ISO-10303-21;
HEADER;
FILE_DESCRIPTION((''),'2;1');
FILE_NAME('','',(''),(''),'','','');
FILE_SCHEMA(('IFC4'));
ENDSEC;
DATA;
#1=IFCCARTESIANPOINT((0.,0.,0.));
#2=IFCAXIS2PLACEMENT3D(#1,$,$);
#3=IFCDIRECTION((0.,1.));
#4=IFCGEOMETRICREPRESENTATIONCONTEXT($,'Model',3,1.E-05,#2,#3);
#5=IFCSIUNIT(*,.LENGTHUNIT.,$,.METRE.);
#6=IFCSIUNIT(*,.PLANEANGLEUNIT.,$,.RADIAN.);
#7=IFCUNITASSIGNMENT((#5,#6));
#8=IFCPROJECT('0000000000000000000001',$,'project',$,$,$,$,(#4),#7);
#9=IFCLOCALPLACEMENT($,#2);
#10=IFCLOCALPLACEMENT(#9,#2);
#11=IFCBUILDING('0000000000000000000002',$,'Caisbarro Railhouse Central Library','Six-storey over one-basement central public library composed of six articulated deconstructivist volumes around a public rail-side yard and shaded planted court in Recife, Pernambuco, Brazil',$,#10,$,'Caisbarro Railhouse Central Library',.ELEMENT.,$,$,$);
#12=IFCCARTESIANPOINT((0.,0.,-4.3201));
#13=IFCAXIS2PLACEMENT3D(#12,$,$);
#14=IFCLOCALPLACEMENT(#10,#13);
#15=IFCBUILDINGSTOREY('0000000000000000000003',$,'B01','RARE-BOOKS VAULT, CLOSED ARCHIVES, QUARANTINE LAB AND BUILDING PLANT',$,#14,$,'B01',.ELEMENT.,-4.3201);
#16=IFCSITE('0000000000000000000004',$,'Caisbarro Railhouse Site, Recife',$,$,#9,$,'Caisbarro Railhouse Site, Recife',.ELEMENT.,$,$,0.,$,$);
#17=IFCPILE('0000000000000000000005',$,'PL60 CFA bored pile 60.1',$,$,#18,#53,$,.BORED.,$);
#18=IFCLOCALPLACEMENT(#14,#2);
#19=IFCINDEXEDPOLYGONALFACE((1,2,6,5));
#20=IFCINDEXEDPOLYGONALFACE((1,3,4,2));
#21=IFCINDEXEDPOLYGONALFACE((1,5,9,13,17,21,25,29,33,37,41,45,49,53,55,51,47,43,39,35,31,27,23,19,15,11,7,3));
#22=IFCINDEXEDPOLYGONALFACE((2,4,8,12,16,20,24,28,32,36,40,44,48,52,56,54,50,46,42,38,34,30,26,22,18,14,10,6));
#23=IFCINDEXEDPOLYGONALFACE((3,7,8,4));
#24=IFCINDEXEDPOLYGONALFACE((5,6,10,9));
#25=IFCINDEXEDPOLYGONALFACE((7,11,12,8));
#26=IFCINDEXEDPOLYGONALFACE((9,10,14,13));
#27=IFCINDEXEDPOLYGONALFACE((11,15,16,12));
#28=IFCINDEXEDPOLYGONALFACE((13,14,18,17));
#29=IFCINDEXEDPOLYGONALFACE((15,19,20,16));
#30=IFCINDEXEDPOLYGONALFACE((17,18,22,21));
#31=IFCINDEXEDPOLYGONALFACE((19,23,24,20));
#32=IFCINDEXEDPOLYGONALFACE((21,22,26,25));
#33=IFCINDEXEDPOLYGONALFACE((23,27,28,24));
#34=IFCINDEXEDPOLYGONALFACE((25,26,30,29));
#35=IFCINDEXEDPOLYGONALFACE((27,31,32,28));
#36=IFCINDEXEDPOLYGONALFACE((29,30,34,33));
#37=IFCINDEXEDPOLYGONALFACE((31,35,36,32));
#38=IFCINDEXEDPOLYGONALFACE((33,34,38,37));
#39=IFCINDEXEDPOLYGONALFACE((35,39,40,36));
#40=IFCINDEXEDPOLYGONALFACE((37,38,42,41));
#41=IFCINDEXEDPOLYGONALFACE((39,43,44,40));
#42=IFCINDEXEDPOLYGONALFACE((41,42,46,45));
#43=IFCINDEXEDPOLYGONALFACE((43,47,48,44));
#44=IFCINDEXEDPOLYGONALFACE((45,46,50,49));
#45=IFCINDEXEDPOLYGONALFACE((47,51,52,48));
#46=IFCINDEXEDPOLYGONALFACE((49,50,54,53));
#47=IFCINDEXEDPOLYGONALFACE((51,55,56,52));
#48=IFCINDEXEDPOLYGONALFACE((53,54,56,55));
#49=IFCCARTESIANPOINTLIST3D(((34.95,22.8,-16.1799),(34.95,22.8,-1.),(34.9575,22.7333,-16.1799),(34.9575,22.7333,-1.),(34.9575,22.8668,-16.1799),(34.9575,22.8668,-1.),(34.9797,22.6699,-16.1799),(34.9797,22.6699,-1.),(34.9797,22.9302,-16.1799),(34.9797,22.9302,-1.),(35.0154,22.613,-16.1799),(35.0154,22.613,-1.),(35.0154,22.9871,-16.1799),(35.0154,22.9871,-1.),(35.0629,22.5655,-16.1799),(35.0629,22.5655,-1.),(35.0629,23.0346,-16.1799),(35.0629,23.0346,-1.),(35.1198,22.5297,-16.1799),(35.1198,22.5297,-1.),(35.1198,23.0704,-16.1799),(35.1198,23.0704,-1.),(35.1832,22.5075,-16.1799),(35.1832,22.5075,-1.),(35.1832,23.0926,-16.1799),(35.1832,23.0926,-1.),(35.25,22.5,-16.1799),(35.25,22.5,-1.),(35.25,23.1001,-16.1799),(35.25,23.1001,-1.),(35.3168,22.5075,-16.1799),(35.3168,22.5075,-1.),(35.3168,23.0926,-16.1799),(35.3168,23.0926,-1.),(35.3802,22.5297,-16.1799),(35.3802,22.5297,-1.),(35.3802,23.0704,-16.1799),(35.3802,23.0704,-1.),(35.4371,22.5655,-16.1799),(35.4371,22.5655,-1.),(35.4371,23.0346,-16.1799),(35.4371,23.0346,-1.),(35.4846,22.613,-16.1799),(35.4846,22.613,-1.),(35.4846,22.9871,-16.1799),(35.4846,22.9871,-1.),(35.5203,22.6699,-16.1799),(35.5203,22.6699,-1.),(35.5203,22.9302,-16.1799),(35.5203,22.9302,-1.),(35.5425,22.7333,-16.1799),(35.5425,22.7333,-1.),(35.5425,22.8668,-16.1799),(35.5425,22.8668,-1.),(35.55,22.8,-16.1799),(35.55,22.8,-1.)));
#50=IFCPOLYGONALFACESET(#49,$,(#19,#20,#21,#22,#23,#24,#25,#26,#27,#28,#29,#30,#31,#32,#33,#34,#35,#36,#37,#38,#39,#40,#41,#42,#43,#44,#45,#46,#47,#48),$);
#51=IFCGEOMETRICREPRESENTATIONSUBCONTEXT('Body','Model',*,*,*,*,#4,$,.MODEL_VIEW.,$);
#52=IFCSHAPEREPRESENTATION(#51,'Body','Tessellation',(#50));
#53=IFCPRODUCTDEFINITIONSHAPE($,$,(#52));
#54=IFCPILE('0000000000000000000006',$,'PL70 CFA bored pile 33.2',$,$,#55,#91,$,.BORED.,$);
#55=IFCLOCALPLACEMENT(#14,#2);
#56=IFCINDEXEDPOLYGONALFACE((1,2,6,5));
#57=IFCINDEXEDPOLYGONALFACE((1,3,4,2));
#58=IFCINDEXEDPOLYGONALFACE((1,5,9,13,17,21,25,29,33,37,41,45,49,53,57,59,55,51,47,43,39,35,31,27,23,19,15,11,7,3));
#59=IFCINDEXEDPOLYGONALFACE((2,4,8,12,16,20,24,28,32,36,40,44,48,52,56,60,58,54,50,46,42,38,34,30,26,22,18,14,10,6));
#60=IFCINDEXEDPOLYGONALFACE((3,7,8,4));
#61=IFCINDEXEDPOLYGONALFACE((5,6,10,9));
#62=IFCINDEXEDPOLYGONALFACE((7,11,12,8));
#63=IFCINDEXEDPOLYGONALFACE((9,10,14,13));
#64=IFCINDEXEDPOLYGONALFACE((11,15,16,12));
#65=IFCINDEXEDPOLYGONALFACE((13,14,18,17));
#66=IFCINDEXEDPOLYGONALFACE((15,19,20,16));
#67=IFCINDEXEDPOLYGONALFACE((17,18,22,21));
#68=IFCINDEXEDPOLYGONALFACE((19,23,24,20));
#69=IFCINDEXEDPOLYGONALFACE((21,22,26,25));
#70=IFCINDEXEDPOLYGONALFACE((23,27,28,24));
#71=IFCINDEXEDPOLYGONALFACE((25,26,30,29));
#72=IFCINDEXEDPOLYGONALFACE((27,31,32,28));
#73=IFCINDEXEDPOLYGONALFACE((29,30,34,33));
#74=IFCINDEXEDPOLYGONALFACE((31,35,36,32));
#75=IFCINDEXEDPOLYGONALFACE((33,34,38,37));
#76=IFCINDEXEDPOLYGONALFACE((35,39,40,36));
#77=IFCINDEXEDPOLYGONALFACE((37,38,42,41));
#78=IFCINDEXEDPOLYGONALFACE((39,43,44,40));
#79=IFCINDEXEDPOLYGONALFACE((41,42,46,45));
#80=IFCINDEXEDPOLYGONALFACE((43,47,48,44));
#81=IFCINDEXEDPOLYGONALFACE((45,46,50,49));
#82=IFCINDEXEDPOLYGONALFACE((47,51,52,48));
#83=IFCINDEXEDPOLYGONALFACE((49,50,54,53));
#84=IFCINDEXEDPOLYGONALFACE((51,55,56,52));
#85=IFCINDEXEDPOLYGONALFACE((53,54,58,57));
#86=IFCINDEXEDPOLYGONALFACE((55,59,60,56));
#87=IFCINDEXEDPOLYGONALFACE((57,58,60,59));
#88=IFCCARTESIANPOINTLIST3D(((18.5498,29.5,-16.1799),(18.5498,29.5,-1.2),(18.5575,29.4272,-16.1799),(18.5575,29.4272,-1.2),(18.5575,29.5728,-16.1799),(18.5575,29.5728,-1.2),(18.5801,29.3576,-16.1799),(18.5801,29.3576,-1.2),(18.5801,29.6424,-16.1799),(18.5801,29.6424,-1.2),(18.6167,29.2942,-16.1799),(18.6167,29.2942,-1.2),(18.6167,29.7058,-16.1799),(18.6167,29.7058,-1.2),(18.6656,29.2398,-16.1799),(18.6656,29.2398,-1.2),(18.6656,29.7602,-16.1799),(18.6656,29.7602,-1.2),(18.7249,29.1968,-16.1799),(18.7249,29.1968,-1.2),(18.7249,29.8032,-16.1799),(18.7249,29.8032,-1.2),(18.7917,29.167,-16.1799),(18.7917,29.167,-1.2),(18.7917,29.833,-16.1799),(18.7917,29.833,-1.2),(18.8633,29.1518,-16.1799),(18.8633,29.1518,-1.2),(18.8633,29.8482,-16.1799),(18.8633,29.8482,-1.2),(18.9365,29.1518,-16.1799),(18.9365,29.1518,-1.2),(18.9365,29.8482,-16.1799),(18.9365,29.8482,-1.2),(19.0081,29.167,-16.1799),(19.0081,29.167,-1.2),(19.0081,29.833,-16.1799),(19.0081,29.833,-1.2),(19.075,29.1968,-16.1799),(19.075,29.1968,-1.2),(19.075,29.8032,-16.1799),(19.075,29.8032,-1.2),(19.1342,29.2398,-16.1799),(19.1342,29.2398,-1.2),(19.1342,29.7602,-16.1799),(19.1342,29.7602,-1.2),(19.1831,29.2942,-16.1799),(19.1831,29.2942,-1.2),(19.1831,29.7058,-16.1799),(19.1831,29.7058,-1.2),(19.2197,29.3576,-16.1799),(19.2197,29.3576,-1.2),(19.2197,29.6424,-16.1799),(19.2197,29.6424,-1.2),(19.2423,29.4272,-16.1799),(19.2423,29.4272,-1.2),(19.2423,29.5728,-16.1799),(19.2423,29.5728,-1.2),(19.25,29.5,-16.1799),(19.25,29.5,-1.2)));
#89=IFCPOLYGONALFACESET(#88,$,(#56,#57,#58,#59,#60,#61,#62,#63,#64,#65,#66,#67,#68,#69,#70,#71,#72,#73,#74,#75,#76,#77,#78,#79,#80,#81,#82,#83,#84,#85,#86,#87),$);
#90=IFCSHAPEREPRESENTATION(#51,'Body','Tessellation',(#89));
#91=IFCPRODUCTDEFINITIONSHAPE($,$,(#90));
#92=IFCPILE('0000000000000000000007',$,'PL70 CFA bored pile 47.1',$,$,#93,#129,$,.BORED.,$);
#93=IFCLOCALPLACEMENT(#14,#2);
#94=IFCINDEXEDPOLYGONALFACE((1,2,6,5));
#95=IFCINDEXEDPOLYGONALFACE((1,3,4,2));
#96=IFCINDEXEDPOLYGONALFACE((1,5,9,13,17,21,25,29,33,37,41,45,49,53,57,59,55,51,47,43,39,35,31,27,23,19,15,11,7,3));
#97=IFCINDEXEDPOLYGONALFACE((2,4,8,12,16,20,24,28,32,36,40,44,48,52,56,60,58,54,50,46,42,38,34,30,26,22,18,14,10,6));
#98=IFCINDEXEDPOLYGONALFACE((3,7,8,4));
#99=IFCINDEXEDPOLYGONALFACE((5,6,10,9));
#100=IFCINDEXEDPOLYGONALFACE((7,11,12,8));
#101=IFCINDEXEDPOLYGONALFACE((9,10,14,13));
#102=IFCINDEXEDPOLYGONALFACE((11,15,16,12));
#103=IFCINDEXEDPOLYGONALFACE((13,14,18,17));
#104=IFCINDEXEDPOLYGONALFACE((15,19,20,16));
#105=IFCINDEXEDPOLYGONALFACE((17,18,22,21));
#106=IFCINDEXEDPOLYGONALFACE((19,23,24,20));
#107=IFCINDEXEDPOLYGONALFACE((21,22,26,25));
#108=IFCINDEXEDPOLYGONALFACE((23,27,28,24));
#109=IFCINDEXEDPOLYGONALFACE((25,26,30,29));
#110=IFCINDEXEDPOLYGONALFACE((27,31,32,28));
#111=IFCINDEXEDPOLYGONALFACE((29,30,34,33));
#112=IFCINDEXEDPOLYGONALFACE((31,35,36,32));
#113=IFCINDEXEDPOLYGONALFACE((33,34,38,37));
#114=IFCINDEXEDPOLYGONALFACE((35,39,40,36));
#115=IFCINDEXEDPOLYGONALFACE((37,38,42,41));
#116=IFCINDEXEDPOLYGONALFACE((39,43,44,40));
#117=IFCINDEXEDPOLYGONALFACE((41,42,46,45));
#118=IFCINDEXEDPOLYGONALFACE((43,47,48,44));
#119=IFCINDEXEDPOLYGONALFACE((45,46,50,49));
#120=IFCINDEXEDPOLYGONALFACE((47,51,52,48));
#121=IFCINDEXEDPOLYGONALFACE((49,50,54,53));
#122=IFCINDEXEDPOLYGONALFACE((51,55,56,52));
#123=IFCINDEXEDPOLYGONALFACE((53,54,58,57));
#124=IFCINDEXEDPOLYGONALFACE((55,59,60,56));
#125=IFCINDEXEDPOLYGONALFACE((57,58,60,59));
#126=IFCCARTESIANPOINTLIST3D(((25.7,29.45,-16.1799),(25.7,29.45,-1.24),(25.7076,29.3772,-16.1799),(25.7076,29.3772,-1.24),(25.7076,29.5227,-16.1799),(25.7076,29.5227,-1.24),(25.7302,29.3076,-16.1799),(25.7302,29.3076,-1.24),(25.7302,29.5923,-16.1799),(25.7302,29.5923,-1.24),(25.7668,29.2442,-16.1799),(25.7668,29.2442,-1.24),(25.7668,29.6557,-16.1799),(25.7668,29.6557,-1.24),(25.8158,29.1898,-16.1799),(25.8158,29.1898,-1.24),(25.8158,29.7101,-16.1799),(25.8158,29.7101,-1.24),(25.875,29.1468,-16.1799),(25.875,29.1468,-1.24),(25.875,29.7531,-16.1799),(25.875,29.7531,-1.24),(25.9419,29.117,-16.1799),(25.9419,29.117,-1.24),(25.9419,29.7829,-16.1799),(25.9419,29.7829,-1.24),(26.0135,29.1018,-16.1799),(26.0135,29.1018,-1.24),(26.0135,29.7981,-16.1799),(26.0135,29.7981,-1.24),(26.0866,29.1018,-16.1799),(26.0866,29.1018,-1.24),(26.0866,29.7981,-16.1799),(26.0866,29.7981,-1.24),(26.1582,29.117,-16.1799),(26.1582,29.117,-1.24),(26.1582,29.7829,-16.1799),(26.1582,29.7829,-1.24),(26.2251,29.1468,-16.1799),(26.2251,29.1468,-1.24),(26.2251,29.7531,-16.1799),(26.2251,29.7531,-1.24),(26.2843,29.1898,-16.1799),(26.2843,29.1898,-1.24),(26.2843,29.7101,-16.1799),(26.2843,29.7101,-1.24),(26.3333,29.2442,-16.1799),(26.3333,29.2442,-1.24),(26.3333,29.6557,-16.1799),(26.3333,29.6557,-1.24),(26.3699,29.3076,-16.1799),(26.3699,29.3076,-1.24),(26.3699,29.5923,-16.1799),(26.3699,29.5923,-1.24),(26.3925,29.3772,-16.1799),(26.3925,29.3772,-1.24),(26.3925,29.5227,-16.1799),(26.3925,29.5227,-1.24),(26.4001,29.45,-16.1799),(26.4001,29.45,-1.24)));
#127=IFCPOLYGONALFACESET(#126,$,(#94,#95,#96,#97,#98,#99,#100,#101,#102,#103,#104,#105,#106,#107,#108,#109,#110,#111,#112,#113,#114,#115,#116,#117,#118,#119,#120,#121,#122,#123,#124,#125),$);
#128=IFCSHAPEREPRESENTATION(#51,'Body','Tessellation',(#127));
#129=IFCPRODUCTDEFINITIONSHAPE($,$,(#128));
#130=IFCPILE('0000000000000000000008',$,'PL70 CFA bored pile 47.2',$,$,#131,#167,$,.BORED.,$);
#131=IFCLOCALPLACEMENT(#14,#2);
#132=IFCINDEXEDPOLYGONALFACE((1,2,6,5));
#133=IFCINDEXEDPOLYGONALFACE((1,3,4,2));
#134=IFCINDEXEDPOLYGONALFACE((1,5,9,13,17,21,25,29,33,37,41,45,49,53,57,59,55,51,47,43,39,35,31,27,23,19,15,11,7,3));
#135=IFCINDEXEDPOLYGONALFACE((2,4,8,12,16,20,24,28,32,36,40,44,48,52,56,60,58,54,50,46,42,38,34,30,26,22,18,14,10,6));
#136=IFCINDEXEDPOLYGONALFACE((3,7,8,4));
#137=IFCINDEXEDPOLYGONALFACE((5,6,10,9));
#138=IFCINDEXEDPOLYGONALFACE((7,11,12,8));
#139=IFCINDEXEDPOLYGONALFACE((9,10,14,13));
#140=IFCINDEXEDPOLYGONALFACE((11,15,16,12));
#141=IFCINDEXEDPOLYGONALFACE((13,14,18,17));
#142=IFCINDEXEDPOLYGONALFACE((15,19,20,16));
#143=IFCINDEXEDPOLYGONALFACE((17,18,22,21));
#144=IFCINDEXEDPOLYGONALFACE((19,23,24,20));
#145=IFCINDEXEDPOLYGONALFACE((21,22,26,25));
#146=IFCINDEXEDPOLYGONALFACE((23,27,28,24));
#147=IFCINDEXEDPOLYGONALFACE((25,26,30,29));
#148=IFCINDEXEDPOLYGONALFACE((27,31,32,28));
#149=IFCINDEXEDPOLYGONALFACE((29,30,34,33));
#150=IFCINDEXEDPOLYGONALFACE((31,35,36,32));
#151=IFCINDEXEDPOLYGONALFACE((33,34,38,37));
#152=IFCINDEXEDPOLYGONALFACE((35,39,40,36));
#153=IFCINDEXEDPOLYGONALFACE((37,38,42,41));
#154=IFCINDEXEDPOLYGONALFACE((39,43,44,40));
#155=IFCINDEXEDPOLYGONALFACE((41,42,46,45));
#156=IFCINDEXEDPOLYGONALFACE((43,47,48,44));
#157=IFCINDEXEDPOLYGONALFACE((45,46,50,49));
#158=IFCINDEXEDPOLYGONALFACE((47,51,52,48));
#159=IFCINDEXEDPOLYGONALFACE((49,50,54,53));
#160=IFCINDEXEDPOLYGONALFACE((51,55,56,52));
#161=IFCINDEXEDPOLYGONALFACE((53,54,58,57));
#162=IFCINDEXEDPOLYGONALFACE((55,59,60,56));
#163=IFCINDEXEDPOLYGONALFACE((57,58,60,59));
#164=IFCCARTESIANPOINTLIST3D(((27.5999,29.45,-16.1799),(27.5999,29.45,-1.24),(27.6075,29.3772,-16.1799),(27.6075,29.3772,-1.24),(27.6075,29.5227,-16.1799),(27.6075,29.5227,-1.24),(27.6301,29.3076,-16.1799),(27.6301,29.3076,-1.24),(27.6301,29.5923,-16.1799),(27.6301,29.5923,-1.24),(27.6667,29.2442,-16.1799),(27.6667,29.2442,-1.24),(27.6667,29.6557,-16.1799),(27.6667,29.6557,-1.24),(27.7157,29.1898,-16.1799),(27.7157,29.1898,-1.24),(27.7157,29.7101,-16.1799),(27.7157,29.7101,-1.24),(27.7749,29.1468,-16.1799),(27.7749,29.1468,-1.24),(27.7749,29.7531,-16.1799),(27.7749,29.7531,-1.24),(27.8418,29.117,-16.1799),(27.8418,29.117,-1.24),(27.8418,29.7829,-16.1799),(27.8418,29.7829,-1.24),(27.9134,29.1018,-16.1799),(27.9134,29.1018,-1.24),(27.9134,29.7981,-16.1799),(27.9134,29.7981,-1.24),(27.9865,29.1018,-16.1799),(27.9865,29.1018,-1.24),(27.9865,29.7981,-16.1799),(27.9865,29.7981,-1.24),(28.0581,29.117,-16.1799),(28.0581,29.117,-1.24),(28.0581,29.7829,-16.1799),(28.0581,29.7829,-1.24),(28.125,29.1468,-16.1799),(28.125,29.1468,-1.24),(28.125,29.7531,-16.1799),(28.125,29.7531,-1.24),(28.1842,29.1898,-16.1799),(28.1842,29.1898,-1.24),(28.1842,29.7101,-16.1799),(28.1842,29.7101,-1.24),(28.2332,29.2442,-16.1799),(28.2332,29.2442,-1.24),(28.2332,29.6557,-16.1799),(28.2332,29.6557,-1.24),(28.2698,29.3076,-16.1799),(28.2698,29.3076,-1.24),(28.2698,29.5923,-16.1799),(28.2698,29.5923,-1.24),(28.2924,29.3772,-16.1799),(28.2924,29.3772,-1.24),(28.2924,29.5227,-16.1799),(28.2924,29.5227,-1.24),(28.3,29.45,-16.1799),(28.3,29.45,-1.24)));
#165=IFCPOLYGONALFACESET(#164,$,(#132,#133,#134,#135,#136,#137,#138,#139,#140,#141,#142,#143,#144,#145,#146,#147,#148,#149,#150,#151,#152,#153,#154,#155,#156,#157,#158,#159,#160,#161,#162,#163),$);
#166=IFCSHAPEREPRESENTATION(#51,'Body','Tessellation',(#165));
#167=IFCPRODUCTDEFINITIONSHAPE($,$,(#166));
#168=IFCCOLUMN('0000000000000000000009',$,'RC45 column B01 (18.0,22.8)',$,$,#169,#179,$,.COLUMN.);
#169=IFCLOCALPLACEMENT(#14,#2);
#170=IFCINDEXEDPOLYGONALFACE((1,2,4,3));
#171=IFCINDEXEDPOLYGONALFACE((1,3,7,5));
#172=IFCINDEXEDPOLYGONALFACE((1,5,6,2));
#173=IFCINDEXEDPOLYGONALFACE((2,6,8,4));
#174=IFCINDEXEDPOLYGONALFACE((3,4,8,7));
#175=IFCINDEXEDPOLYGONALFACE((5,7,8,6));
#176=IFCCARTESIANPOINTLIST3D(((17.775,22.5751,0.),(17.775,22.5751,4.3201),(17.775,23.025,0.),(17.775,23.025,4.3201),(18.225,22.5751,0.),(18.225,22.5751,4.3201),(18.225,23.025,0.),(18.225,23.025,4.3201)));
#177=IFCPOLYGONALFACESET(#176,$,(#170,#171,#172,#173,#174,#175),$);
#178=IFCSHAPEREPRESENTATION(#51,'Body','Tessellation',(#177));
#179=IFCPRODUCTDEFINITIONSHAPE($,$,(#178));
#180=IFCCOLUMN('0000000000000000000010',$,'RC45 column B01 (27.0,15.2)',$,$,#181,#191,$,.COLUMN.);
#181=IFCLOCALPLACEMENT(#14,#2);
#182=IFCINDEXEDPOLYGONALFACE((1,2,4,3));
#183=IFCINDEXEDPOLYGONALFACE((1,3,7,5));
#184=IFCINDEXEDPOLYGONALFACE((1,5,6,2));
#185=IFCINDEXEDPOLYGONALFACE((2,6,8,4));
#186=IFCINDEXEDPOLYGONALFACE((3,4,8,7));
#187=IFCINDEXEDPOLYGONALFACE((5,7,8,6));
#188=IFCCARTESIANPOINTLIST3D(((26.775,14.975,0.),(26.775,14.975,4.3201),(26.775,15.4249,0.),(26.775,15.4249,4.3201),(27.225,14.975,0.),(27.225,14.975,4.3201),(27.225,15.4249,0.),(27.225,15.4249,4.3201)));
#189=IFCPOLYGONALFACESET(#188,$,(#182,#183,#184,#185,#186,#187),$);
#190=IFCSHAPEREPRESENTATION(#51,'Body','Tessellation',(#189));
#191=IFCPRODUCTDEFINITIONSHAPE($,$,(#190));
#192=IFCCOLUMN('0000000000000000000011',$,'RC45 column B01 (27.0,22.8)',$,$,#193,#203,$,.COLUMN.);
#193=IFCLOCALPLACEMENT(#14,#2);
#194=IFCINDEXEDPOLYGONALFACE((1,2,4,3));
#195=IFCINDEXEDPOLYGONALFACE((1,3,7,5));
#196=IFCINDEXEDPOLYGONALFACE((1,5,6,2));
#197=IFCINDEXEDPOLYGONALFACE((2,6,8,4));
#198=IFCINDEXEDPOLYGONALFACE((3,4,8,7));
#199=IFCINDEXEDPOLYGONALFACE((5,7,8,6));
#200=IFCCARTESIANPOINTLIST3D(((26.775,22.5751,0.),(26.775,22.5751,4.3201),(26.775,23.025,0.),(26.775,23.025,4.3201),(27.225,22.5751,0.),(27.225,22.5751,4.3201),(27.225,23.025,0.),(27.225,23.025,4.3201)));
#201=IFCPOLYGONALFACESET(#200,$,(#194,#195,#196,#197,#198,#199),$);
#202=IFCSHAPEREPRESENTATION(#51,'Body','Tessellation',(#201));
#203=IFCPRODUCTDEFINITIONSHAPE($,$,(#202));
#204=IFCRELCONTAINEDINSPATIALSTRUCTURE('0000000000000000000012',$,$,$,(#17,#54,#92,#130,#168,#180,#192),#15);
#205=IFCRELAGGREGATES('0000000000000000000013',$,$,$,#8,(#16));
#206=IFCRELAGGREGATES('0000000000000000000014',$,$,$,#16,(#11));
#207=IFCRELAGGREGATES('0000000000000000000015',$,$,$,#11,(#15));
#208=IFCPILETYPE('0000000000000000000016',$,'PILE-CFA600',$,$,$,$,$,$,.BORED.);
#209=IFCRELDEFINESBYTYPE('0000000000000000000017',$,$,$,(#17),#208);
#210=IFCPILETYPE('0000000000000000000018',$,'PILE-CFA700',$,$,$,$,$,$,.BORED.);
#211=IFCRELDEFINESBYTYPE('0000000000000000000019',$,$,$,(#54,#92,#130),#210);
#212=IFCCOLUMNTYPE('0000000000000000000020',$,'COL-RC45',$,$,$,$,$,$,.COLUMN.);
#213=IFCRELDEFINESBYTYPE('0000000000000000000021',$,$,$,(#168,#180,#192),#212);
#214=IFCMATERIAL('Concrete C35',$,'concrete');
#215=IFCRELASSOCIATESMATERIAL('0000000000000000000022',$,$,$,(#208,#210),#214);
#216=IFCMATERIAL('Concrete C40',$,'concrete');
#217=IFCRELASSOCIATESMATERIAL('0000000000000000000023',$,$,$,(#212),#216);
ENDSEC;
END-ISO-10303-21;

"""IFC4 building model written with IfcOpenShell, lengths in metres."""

from ifc_helpers import new_model, si_unit, direction, frame, origin, origin_2d, place, context, subcontext, project, spatial, rectangle, circle, extrude, material, material_profile, profile_set, type_object, element, save


model = new_model("IFC4")

# Units and contexts
model_context = context("Model", 3, precision=1e-05, world=origin(), true_north=direction((0.0, 1.0)))
body_context = subcontext(model_context, "Body", "Model", "MODEL_VIEW")
ifc_project = project(units=[si_unit("LENGTHUNIT", "METRE"), si_unit("PLANEANGLEUNIT", "RADIAN")], contexts=[model_context])

# Site, building, storey
site_placement = place(None, origin())
site = spatial("IfcSite", under=ifc_project, at=site_placement, Name="Caisbarro Railhouse Site, Recife", LongName="Caisbarro Railhouse Site, Recife", CompositionType="ELEMENT", RefElevation=0.0)
building_placement = place(site_placement, origin())
building = spatial("IfcBuilding", under=site, at=building_placement, Name="Caisbarro Railhouse Central Library", Description="Six-storey over one-basement central public library composed of six articulated deconstructivist volumes around a public rail-side yard and shaded planted court in Recife, Pernambuco, Brazil", LongName="Caisbarro Railhouse Central Library", CompositionType="ELEMENT")
storey_placement = place(building_placement, frame((0.0, 0.0, -4.3201)))
storey = spatial("IfcBuildingStorey", under=building, at=storey_placement, Name="B01", Description="RARE-BOOKS VAULT, CLOSED ARCHIVES, QUARANTINE LAB AND BUILDING PLANT", LongName="B01", CompositionType="ELEMENT", Elevation=-4.3201)

# Shared definitions
ifc_material_1 = material(Name="Concrete C35", Category="concrete")
ifc_material_2 = material(Name="Concrete C40", Category="concrete")

# Piles
ifc_material_profile_1 = material_profile(ifc_material_1, circle(Radius=0.3, at=origin_2d()), Name="PILE-CFA-600")
ifc_profile_set_1 = profile_set([ifc_material_profile_1], Name="Concrete C35")
pile_type_1 = type_object("IfcPileType", Name="PILE-CFA600", PredefinedType="BORED", material=ifc_profile_set_1)
pile_1_placement = place(storey_placement, frame((35.25, 22.8, -1.0), z_axis=(0.0, 0.0, -1.0), x_axis=(1.0, 0.0, 0.0)))
element("IfcPile", 1, at=pile_1_placement, inside=storey, type_object=pile_type_1, Name="PL60 CFA bored pile 60.1", PredefinedType="BORED", context=body_context, shape_type="SweptSolid", body=[
    extrude(circle(Radius=0.3, at=origin_2d()), origin(), (0.0, 0.0, 1.0), 15.1799),
])
ifc_material_profile_2 = material_profile(ifc_material_1, circle(Radius=0.3501, at=origin_2d()), Name="PILE-CFA-700")
ifc_profile_set_2 = profile_set([ifc_material_profile_2], Name="Concrete C35")
pile_type_2 = type_object("IfcPileType", Name="PILE-CFA700", PredefinedType="BORED", material=ifc_profile_set_2)
pile_2_placement = place(storey_placement, frame((18.8999, 29.5, -1.2), z_axis=(0.0, 0.0, -1.0), x_axis=(1.0, 0.0, 0.0)))
element("IfcPile", 2, at=pile_2_placement, inside=storey, type_object=pile_type_2, Name="PL70 CFA bored pile 33.2", PredefinedType="BORED", context=body_context, shape_type="SweptSolid", body=[
    extrude(circle(Radius=0.3501, at=origin_2d()), origin(), (0.0, 0.0, 1.0), 14.98),
])
for number, where, z_axis, x_axis, name in (
    (3, (26.05, 29.45, -1.24), (0.0, 0.0, -1.0), (1.0, 0.0, 0.0), "PL70 CFA bored pile 47.1"),
    (4, (27.95, 29.45, -1.24), (0.0, 0.0, -1.0), (1.0, 0.0, 0.0), "PL70 CFA bored pile 47.2"),
):
    element("IfcPile", number, at=place(storey_placement, frame(where, z_axis=z_axis, x_axis=x_axis)), inside=storey, type_object=pile_type_2, Name=name, PredefinedType="BORED", context=body_context, shape_type="SweptSolid", body=[
        extrude(circle(Radius=0.3501, at=origin_2d()), origin(), (0.0, 0.0, 1.0), 14.9399),
    ])

# Columns
ifc_material_profile_3 = material_profile(ifc_material_2, rectangle(XDim=0.45, YDim=0.45, at=origin_2d()), Name="RC-COL-450X450")
ifc_profile_set_3 = profile_set([ifc_material_profile_3], Name="Concrete C40")
column_type = type_object("IfcColumnType", Name="COL-RC45", PredefinedType="COLUMN", material=ifc_profile_set_3)
for number, where, z_axis, x_axis, name in (
    (5, (18.0, 22.8, 0.0), (0.0, 0.0, 1.0), (1.0, 0.0, 0.0), "RC45 column B01 (18.0,22.8)"),
    (6, (27.0, 15.2, 0.0), (0.0, 0.0, 1.0), (1.0, 0.0, 0.0), "RC45 column B01 (27.0,15.2)"),
    (7, (27.0, 22.8, 0.0), (0.0, 0.0, 1.0), (1.0, 0.0, 0.0), "RC45 column B01 (27.0,22.8)"),
):
    element("IfcColumn", number, at=place(storey_placement, frame(where, z_axis=z_axis, x_axis=x_axis)), inside=storey, type_object=column_type, Name=name, PredefinedType="COLUMN", context=body_context, shape_type="SweptSolid", body=[
        extrude(rectangle(XDim=0.45, YDim=0.45, at=origin_2d()), origin(), (0.0, 0.0, 1.0), 4.3201),
    ])

save(model, "model.ifc")
